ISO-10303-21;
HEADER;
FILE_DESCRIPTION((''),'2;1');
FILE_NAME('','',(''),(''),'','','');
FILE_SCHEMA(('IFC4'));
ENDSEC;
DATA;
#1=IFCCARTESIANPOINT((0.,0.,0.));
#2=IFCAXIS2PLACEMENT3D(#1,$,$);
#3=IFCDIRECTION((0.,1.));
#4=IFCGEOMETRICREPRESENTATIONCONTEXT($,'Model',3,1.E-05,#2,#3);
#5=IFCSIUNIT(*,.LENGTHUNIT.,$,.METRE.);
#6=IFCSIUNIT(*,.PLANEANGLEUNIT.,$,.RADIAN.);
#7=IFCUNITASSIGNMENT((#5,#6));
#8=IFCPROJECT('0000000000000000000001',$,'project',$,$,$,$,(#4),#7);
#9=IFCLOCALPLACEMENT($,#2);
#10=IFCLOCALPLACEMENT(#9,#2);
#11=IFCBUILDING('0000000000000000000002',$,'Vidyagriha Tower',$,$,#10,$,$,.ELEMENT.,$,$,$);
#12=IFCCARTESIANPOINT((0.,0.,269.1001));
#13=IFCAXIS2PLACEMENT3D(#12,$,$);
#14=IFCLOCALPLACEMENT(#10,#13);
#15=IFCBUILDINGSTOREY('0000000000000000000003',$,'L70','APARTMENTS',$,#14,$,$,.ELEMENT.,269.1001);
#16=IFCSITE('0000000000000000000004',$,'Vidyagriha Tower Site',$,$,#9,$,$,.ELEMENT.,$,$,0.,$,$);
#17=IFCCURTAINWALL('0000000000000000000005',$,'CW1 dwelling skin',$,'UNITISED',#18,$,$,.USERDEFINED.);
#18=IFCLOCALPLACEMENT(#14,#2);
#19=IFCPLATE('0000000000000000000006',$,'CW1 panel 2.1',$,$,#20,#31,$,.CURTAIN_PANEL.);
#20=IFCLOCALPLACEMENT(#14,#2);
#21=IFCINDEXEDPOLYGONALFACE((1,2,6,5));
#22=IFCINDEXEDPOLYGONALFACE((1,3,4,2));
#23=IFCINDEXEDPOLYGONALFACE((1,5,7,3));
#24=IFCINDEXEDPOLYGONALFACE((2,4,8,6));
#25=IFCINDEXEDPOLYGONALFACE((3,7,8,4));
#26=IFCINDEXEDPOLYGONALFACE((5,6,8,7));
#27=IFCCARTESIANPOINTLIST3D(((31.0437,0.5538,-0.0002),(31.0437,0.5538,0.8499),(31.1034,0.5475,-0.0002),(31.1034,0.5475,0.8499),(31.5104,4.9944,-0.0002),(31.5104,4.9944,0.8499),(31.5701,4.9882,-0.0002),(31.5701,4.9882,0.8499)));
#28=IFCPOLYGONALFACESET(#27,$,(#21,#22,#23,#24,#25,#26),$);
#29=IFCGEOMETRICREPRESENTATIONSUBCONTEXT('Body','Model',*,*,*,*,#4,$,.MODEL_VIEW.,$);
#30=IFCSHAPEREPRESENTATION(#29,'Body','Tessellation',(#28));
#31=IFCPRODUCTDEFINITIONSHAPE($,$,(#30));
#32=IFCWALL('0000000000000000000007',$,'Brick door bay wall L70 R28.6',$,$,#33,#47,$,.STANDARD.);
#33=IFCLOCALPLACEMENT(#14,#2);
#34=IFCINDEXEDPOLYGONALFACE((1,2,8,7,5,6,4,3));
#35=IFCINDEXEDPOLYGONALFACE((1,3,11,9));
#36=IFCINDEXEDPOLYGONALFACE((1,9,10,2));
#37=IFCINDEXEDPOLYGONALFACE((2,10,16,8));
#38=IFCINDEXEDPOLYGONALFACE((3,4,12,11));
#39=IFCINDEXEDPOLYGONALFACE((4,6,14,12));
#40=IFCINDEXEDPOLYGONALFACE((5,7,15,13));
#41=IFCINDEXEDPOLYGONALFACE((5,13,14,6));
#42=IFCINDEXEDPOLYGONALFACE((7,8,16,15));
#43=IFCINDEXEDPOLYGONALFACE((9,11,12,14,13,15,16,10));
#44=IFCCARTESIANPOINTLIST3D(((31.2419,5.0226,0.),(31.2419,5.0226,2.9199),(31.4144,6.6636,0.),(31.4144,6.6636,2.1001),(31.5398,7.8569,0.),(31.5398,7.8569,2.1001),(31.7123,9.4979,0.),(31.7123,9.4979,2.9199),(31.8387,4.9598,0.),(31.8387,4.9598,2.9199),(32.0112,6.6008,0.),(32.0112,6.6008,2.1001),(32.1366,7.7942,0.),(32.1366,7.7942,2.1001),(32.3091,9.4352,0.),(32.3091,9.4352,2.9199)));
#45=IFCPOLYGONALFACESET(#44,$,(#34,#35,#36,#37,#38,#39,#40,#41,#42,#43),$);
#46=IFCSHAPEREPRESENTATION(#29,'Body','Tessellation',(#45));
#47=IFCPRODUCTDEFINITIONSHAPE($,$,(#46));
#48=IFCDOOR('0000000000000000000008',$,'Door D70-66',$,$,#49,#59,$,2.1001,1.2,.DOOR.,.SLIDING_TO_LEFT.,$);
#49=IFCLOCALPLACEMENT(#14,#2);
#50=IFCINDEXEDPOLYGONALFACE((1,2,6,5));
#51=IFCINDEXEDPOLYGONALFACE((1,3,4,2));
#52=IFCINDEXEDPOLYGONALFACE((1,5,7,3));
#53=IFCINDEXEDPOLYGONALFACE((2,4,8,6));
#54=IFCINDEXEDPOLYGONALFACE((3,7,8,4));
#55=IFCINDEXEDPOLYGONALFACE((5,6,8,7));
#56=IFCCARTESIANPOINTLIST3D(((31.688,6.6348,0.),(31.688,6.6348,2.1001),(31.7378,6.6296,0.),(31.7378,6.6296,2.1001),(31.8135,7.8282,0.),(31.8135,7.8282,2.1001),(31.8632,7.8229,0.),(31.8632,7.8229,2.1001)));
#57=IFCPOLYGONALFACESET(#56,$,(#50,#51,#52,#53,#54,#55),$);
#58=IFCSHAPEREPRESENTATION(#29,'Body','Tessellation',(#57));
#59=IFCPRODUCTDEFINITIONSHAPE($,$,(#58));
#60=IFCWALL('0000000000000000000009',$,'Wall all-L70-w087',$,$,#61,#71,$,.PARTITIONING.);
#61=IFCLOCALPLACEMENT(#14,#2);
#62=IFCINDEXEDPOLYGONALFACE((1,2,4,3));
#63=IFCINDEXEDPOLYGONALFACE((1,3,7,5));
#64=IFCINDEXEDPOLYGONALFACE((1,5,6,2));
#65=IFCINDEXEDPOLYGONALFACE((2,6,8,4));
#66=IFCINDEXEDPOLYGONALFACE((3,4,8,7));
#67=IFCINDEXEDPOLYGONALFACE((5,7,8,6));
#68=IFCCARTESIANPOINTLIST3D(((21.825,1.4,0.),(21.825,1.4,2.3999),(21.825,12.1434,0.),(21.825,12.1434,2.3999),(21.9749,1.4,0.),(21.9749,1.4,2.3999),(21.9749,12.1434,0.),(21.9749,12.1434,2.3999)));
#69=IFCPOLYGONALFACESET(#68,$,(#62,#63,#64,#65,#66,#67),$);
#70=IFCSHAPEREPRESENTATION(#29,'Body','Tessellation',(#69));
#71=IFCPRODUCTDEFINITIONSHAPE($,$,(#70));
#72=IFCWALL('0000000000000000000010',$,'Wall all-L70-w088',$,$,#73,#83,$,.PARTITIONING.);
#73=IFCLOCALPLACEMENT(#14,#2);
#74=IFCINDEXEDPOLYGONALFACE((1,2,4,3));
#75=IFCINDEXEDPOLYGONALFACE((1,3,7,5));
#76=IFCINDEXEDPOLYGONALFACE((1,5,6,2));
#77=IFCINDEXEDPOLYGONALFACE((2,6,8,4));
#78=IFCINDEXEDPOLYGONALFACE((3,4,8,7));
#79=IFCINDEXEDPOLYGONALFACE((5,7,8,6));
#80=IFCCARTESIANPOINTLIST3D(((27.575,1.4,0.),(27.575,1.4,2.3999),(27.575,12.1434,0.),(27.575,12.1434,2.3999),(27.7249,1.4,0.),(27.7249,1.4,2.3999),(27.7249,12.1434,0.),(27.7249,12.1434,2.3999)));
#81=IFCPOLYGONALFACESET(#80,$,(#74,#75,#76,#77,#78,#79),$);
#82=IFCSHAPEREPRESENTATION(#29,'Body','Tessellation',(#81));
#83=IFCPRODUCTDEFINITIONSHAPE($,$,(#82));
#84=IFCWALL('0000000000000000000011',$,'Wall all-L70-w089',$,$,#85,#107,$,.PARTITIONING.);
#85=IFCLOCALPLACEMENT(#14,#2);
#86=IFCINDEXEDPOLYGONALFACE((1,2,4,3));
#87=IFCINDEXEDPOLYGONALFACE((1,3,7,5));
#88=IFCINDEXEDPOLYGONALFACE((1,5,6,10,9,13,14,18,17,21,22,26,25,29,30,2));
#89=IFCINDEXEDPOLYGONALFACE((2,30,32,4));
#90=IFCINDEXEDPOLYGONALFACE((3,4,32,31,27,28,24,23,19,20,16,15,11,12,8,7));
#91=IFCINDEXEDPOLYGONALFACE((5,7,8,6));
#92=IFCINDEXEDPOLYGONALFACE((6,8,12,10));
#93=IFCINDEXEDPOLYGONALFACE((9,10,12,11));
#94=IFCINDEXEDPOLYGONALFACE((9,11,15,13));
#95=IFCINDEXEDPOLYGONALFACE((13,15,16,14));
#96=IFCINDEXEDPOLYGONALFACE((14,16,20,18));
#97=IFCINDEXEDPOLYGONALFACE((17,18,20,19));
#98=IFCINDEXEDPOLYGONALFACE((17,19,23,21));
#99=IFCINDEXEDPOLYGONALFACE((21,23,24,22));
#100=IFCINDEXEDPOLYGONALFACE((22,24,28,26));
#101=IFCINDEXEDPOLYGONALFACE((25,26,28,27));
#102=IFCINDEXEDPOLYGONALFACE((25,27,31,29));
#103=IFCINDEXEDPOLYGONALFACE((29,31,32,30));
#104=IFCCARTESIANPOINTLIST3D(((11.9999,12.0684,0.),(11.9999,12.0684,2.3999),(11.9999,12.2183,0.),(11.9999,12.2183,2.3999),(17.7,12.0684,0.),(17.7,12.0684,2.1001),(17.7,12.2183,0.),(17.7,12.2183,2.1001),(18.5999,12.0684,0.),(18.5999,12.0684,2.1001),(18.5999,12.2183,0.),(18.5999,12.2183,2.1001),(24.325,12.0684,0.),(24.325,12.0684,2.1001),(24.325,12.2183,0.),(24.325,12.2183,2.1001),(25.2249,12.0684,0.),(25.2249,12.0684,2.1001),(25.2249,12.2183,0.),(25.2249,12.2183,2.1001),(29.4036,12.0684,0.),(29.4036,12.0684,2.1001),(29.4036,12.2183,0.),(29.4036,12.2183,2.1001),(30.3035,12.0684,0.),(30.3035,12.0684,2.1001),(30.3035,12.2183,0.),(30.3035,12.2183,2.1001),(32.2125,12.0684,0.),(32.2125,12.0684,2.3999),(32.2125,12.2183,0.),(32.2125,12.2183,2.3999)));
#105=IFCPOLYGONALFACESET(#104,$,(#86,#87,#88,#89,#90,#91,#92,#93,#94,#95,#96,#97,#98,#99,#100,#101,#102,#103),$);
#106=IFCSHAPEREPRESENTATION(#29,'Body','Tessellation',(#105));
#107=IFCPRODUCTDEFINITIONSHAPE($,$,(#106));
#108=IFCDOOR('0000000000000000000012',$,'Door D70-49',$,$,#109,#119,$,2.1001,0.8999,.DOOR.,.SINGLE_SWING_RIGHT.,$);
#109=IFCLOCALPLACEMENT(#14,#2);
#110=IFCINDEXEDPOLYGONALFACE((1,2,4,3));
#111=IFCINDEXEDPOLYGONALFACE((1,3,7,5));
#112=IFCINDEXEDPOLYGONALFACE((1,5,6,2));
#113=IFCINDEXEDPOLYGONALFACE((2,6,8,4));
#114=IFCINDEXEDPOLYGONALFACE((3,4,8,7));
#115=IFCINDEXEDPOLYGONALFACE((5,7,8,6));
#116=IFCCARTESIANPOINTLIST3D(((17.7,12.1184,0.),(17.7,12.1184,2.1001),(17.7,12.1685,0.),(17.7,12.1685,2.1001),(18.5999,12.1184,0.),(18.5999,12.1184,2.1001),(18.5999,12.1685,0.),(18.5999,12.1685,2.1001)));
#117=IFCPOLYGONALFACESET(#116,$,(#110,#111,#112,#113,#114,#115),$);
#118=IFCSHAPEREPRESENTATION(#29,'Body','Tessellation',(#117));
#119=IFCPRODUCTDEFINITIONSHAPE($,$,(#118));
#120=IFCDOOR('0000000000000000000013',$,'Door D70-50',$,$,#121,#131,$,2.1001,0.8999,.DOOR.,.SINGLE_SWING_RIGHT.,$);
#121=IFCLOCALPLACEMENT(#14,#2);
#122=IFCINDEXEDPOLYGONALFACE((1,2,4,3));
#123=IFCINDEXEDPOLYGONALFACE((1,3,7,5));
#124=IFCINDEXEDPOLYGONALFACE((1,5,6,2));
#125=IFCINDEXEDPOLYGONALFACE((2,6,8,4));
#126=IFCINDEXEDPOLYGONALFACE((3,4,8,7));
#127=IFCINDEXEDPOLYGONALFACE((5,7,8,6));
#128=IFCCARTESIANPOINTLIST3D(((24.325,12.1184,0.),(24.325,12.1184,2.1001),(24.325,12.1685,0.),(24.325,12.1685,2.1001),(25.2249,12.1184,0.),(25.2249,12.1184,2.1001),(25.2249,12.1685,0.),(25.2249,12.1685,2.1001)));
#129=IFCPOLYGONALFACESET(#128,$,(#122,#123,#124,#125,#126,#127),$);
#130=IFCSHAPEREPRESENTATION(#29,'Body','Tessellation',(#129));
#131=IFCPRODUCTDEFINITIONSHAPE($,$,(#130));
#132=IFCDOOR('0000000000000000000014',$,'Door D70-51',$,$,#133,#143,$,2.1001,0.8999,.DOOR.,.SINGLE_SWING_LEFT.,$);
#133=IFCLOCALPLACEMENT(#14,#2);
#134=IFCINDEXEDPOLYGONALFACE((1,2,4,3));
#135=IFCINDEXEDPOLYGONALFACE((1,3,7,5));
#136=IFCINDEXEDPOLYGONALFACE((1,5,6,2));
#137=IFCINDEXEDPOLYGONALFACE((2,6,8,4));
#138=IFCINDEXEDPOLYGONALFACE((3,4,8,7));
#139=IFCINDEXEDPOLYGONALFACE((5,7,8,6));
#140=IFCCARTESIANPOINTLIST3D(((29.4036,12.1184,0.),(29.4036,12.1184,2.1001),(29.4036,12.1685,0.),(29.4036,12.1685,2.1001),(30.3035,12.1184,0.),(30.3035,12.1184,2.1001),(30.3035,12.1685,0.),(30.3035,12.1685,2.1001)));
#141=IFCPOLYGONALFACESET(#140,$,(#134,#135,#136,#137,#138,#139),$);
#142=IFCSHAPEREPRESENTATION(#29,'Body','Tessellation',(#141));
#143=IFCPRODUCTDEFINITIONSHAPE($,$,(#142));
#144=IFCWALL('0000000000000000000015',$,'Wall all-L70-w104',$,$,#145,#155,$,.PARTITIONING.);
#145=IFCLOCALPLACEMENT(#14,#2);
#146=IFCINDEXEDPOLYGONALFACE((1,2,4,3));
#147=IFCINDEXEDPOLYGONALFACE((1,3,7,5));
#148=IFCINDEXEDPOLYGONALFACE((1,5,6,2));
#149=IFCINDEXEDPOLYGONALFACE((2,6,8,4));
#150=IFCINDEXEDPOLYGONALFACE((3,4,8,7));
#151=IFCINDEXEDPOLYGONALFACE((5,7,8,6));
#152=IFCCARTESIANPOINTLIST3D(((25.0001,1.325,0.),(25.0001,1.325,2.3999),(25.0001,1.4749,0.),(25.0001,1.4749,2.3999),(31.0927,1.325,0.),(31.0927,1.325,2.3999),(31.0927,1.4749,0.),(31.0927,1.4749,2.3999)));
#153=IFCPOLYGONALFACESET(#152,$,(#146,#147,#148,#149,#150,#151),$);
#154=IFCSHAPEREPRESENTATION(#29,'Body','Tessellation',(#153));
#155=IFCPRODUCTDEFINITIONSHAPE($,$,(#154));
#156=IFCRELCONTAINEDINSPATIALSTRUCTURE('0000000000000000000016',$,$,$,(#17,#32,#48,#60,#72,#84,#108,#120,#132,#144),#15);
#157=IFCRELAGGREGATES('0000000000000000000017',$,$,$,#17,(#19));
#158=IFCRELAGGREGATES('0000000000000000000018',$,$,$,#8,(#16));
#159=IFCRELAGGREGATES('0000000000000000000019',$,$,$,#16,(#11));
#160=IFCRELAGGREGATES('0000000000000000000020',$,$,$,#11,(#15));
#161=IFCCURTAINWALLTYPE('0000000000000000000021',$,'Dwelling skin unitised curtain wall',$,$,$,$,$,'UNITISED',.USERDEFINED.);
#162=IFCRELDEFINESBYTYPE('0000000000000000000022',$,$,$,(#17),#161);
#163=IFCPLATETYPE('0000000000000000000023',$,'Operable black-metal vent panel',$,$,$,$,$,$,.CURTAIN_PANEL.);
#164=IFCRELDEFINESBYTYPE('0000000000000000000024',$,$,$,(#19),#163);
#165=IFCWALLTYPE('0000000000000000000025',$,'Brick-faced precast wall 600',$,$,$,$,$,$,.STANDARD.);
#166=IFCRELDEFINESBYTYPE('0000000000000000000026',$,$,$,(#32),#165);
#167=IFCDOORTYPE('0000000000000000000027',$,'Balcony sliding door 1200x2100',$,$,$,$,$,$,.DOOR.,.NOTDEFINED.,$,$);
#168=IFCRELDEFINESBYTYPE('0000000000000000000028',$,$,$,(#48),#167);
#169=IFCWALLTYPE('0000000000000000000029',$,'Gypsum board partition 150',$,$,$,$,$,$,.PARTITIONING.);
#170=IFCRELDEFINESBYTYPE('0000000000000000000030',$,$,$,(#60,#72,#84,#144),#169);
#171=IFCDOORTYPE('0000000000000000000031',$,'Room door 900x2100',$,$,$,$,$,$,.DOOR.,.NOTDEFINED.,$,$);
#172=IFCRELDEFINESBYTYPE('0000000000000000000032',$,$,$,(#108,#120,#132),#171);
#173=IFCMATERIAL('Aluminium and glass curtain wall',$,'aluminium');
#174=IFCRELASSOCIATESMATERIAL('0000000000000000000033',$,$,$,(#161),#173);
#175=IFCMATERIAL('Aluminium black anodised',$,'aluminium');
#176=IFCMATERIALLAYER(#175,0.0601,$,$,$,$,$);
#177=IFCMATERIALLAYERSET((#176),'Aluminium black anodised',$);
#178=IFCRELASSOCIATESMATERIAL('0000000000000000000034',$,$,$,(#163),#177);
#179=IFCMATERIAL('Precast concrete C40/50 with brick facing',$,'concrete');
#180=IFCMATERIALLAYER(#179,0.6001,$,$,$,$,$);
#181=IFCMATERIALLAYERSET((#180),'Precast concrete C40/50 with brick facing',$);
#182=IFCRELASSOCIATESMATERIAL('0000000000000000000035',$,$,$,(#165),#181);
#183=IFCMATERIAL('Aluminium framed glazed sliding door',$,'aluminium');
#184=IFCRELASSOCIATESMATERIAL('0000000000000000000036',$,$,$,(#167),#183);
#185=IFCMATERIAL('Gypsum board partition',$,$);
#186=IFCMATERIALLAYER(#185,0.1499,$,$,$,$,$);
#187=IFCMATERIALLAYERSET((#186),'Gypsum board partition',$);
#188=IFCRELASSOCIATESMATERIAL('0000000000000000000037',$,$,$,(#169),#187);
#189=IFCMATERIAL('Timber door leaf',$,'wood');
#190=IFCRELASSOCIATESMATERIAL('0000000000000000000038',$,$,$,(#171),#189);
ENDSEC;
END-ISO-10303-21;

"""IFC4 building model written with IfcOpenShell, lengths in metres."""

from ifc_helpers import new_model, si_unit, direction, frame, frame_2d, origin, origin_2d, place, context, subcontext, project, spatial, rectangle, extrude, material, layer, layer_set, type_object, element, fill, aggregate, save


model = new_model("IFC4")

# Units and contexts
model_context = context("Model", 3, precision=1e-05, world=origin(), true_north=direction((0.0, 1.0)))
body_context = subcontext(model_context, "Body", "Model", "MODEL_VIEW")
ifc_project = project(units=[si_unit("LENGTHUNIT", "METRE"), si_unit("PLANEANGLEUNIT", "RADIAN")], contexts=[model_context])

# Site, building, storey
site_placement = place(None, origin())
site = spatial("IfcSite", under=ifc_project, at=site_placement, Name="Vidyagriha Tower Site", CompositionType="ELEMENT", RefElevation=0.0)
building_placement = place(site_placement, origin())
building = spatial("IfcBuilding", under=site, at=building_placement, Name="Vidyagriha Tower", CompositionType="ELEMENT")
storey_placement = place(building_placement, frame((0.0, 0.0, 269.1001)))
storey = spatial("IfcBuildingStorey", under=building, at=storey_placement, Name="L70", Description="APARTMENTS", CompositionType="ELEMENT", Elevation=269.1001)

# Curtain wall
ifc_material_1 = material(Name="Aluminium and glass curtain wall", Category="aluminium")
curtain_wall_type = type_object("IfcCurtainWallType", Name="Dwelling skin unitised curtain wall", ElementType="UNITISED", PredefinedType="USERDEFINED", material=ifc_material_1)
curtain_wall_1_placement = place(storey_placement, origin())
curtain_wall_1 = element("IfcCurtainWall", 1, at=curtain_wall_1_placement, inside=storey, type_object=curtain_wall_type, Name="CW1 dwelling skin", ObjectType="UNITISED", PredefinedType="USERDEFINED")

# Plate
ifc_material_2 = material(Name="Aluminium black anodised", Category="aluminium")
ifc_layer_1 = layer(ifc_material_2, 0.0601)
ifc_layer_set_1 = layer_set([ifc_layer_1], Name="Aluminium black anodised")
plate_type_1 = type_object("IfcPlateType", Name="Operable black-metal vent panel", PredefinedType="CURTAIN_PANEL", material=ifc_layer_set_1)
plate_1_placement = place(storey_placement, frame((31.3069, 2.771, -0.0002), z_axis=(0.0, 0.0, 1.0), x_axis=(0.10453, 0.994522, 0.0)))
plate_1 = element("IfcPlate", 2, at=plate_1_placement, type_object=plate_type_1, Name="CW1 panel 2.1", PredefinedType="CURTAIN_PANEL", context=body_context, shape_type="SweptSolid", body=[
    extrude(rectangle(XDim=4.4651, YDim=0.0601, at=origin_2d()), origin(), (0.0, 0.0, 1.0), 0.8501),
])
aggregate(curtain_wall_1, [plate_1])

# Wall, opening, door
ifc_material_3 = material(Name="Precast concrete C40/50 with brick facing", Category="concrete")
ifc_layer_2 = layer(ifc_material_3, 0.6001)
ifc_layer_set_2 = layer_set([ifc_layer_2], Name="Precast concrete C40/50 with brick facing")
wall_type_1 = type_object("IfcWallType", Name="Brick-faced precast wall 600", PredefinedType="STANDARD", material=ifc_layer_set_2)
wall_1_placement = place(storey_placement, frame((31.5403, 4.9912, 0.0), z_axis=(0.0, 0.0, 1.0), x_axis=(0.104546, 0.99452, 0.0)))
wall_1 = element("IfcWall", 3, at=wall_1_placement, inside=storey, type_object=wall_type_1, Name="Brick door bay wall L70 R28.6", PredefinedType="STANDARD", context=body_context, shape_type="SweptSolid", body=[
    extrude(rectangle(XDim=4.5, YDim=0.6001, at=frame_2d((2.25, 0.0))), origin(), (0.0, 0.0, 1.0), 2.9199),
])
opening_1_placement = place(wall_1_placement, frame((1.6499, 0.0, 0.0)))
opening_1 = element("IfcOpeningElement", 4, at=opening_1_placement, cuts=wall_1, PredefinedType="OPENING", context=body_context, shape_type="SweptSolid", body=[
    extrude(rectangle(XDim=1.2, YDim=2.1001, at=frame_2d((0.6001, 1.05))), frame((0.0, 0.3101, 0.0), z_axis=(0.0, -1.0, 0.0), x_axis=(1.0, 0.0, 0.0)), (0.0, 0.0, 1.0), 0.6201),
])
ifc_material_4 = material(Name="Aluminium framed glazed sliding door", Category="aluminium")
door_type_1 = type_object("IfcDoorType", Name="Balcony sliding door 1200x2100", OperationType="NOTDEFINED", PredefinedType="DOOR", material=ifc_material_4)
door_1_placement = place(opening_1_placement, origin())
door_1 = element("IfcDoor", 5, at=door_1_placement, inside=storey, type_object=door_type_1, Name="Door D70-66", OperationType="SLIDING_TO_LEFT", OverallHeight=2.1001, OverallWidth=1.2, PredefinedType="DOOR", context=body_context, shape_type="SweptSolid", body=[
    extrude(rectangle(XDim=1.2, YDim=2.1001, at=frame_2d((0.6001, 1.05))), frame((0.0, 0.0249, 0.0), z_axis=(0.0, -1.0, 0.0), x_axis=(1.0, 0.0, 0.0)), (0.0, 0.0, 1.0), 0.05),
])
fill(opening_1, door_1)

# Walls
ifc_material_5 = material(Name="Gypsum board partition")
ifc_layer_3 = layer(ifc_material_5, 0.1499)
ifc_layer_set_3 = layer_set([ifc_layer_3], Name="Gypsum board partition")
wall_type_2 = type_object("IfcWallType", Name="Gypsum board partition 150", PredefinedType="PARTITIONING", material=ifc_layer_set_3)
for number, where, z_axis, x_axis, name in (
    (6, (21.8999, 12.1433, 0.0), (0.0, 0.0, 1.0), (0.0, -1.0, 0.0), "Wall all-L70-w087"),
    (7, (27.6499, 12.1433, 0.0), (0.0, 0.0, 1.0), (0.0, -1.0, 0.0), "Wall all-L70-w088"),
):
    element("IfcWall", number, at=place(storey_placement, frame(where, z_axis=z_axis, x_axis=x_axis)), inside=storey, type_object=wall_type_2, Name=name, PredefinedType="PARTITIONING", context=body_context, shape_type="SweptSolid", body=[
        extrude(rectangle(XDim=10.7434, YDim=0.1499, at=frame_2d((5.3716, 0.0))), origin(), (0.0, 0.0, 1.0), 2.3999),
    ])

# Wall, openings, doors
wall_2_placement = place(storey_placement, frame((32.2126, 12.1433, 0.0), z_axis=(0.0, 0.0, 1.0), x_axis=(-1.0, 0.0, 0.0)))
wall_2 = element("IfcWall", 8, at=wall_2_placement, inside=storey, type_object=wall_type_2, Name="Wall all-L70-w089", PredefinedType="PARTITIONING", context=body_context, shape_type="SweptSolid", body=[
    extrude(rectangle(XDim=20.2126, YDim=0.1499, at=frame_2d((10.1064, 0.0))), origin(), (0.0, 0.0, 1.0), 2.3999),
])
opening_2_placement = place(wall_2_placement, frame((13.6128, 0.0, 0.0)))
opening_2 = element("IfcOpeningElement", 9, at=opening_2_placement, cuts=wall_2, PredefinedType="OPENING", context=body_context, shape_type="SweptSolid", body=[
    extrude(rectangle(XDim=0.8999, YDim=2.1001, at=frame_2d((0.45, 1.05))), frame((0.0, 0.085, 0.0), z_axis=(0.0, -1.0, 0.0), x_axis=(1.0, 0.0, 0.0)), (0.0, 0.0, 1.0), 0.1699),
])
opening_3_placement = place(wall_2_placement, frame((6.9878, 0.0, 0.0)))
opening_3 = element("IfcOpeningElement", 10, at=opening_3_placement, cuts=wall_2, PredefinedType="OPENING", context=body_context, shape_type="SweptSolid", body=[
    extrude(rectangle(XDim=0.8999, YDim=2.1001, at=frame_2d((0.45, 1.05))), frame((0.0, 0.085, 0.0), z_axis=(0.0, -1.0, 0.0), x_axis=(1.0, 0.0, 0.0)), (0.0, 0.0, 1.0), 0.1699),
])
opening_4_placement = place(wall_2_placement, frame((1.9092, 0.0, 0.0)))
opening_4 = element("IfcOpeningElement", 11, at=opening_4_placement, cuts=wall_2, PredefinedType="OPENING", context=body_context, shape_type="SweptSolid", body=[
    extrude(rectangle(XDim=0.8999, YDim=2.1001, at=frame_2d((0.45, 1.05))), frame((0.0, 0.085, 0.0), z_axis=(0.0, -1.0, 0.0), x_axis=(1.0, 0.0, 0.0)), (0.0, 0.0, 1.0), 0.1699),
])
ifc_material_6 = material(Name="Timber door leaf", Category="wood")
door_type_2 = type_object("IfcDoorType", Name="Room door 900x2100", OperationType="NOTDEFINED", PredefinedType="DOOR", material=ifc_material_6)
door_2_placement = place(opening_2_placement, origin())
door_2 = element("IfcDoor", 12, at=door_2_placement, inside=storey, type_object=door_type_2, Name="Door D70-49", OperationType="SINGLE_SWING_RIGHT", OverallHeight=2.1001, OverallWidth=0.8999, PredefinedType="DOOR", context=body_context, shape_type="SweptSolid", body=[
    extrude(rectangle(XDim=0.8999, YDim=2.1001, at=frame_2d((0.45, 1.05))), frame((0.0, 0.0249, 0.0), z_axis=(0.0, -1.0, 0.0), x_axis=(1.0, 0.0, 0.0)), (0.0, 0.0, 1.0), 0.05),
])
fill(opening_2, door_2)
door_3_placement = place(opening_3_placement, origin())
door_3 = element("IfcDoor", 13, at=door_3_placement, inside=storey, type_object=door_type_2, Name="Door D70-50", OperationType="SINGLE_SWING_RIGHT", OverallHeight=2.1001, OverallWidth=0.8999, PredefinedType="DOOR", context=body_context, shape_type="SweptSolid", body=[
    extrude(rectangle(XDim=0.8999, YDim=2.1001, at=frame_2d((0.45, 1.05))), frame((0.0, 0.0249, 0.0), z_axis=(0.0, -1.0, 0.0), x_axis=(1.0, 0.0, 0.0)), (0.0, 0.0, 1.0), 0.05),
])
fill(opening_3, door_3)
door_4_placement = place(opening_4_placement, origin())
door_4 = element("IfcDoor", 14, at=door_4_placement, inside=storey, type_object=door_type_2, Name="Door D70-51", OperationType="SINGLE_SWING_LEFT", OverallHeight=2.1001, OverallWidth=0.8999, PredefinedType="DOOR", context=body_context, shape_type="SweptSolid", body=[
    extrude(rectangle(XDim=0.8999, YDim=2.1001, at=frame_2d((0.45, 1.05))), frame((0.0, 0.0249, 0.0), z_axis=(0.0, -1.0, 0.0), x_axis=(1.0, 0.0, 0.0)), (0.0, 0.0, 1.0), 0.05),
])
fill(opening_4, door_4)

# Wall
wall_3_placement = place(storey_placement, frame((25.0, 1.3999, 0.0)))
element("IfcWall", 15, at=wall_3_placement, inside=storey, type_object=wall_type_2, Name="Wall all-L70-w104", PredefinedType="PARTITIONING", context=body_context, shape_type="SweptSolid", body=[
    extrude(rectangle(XDim=6.0925, YDim=0.1499, at=frame_2d((3.0464, 0.0))), origin(), (0.0, 0.0, 1.0), 2.3999),
])

save(model, "model.ifc")
